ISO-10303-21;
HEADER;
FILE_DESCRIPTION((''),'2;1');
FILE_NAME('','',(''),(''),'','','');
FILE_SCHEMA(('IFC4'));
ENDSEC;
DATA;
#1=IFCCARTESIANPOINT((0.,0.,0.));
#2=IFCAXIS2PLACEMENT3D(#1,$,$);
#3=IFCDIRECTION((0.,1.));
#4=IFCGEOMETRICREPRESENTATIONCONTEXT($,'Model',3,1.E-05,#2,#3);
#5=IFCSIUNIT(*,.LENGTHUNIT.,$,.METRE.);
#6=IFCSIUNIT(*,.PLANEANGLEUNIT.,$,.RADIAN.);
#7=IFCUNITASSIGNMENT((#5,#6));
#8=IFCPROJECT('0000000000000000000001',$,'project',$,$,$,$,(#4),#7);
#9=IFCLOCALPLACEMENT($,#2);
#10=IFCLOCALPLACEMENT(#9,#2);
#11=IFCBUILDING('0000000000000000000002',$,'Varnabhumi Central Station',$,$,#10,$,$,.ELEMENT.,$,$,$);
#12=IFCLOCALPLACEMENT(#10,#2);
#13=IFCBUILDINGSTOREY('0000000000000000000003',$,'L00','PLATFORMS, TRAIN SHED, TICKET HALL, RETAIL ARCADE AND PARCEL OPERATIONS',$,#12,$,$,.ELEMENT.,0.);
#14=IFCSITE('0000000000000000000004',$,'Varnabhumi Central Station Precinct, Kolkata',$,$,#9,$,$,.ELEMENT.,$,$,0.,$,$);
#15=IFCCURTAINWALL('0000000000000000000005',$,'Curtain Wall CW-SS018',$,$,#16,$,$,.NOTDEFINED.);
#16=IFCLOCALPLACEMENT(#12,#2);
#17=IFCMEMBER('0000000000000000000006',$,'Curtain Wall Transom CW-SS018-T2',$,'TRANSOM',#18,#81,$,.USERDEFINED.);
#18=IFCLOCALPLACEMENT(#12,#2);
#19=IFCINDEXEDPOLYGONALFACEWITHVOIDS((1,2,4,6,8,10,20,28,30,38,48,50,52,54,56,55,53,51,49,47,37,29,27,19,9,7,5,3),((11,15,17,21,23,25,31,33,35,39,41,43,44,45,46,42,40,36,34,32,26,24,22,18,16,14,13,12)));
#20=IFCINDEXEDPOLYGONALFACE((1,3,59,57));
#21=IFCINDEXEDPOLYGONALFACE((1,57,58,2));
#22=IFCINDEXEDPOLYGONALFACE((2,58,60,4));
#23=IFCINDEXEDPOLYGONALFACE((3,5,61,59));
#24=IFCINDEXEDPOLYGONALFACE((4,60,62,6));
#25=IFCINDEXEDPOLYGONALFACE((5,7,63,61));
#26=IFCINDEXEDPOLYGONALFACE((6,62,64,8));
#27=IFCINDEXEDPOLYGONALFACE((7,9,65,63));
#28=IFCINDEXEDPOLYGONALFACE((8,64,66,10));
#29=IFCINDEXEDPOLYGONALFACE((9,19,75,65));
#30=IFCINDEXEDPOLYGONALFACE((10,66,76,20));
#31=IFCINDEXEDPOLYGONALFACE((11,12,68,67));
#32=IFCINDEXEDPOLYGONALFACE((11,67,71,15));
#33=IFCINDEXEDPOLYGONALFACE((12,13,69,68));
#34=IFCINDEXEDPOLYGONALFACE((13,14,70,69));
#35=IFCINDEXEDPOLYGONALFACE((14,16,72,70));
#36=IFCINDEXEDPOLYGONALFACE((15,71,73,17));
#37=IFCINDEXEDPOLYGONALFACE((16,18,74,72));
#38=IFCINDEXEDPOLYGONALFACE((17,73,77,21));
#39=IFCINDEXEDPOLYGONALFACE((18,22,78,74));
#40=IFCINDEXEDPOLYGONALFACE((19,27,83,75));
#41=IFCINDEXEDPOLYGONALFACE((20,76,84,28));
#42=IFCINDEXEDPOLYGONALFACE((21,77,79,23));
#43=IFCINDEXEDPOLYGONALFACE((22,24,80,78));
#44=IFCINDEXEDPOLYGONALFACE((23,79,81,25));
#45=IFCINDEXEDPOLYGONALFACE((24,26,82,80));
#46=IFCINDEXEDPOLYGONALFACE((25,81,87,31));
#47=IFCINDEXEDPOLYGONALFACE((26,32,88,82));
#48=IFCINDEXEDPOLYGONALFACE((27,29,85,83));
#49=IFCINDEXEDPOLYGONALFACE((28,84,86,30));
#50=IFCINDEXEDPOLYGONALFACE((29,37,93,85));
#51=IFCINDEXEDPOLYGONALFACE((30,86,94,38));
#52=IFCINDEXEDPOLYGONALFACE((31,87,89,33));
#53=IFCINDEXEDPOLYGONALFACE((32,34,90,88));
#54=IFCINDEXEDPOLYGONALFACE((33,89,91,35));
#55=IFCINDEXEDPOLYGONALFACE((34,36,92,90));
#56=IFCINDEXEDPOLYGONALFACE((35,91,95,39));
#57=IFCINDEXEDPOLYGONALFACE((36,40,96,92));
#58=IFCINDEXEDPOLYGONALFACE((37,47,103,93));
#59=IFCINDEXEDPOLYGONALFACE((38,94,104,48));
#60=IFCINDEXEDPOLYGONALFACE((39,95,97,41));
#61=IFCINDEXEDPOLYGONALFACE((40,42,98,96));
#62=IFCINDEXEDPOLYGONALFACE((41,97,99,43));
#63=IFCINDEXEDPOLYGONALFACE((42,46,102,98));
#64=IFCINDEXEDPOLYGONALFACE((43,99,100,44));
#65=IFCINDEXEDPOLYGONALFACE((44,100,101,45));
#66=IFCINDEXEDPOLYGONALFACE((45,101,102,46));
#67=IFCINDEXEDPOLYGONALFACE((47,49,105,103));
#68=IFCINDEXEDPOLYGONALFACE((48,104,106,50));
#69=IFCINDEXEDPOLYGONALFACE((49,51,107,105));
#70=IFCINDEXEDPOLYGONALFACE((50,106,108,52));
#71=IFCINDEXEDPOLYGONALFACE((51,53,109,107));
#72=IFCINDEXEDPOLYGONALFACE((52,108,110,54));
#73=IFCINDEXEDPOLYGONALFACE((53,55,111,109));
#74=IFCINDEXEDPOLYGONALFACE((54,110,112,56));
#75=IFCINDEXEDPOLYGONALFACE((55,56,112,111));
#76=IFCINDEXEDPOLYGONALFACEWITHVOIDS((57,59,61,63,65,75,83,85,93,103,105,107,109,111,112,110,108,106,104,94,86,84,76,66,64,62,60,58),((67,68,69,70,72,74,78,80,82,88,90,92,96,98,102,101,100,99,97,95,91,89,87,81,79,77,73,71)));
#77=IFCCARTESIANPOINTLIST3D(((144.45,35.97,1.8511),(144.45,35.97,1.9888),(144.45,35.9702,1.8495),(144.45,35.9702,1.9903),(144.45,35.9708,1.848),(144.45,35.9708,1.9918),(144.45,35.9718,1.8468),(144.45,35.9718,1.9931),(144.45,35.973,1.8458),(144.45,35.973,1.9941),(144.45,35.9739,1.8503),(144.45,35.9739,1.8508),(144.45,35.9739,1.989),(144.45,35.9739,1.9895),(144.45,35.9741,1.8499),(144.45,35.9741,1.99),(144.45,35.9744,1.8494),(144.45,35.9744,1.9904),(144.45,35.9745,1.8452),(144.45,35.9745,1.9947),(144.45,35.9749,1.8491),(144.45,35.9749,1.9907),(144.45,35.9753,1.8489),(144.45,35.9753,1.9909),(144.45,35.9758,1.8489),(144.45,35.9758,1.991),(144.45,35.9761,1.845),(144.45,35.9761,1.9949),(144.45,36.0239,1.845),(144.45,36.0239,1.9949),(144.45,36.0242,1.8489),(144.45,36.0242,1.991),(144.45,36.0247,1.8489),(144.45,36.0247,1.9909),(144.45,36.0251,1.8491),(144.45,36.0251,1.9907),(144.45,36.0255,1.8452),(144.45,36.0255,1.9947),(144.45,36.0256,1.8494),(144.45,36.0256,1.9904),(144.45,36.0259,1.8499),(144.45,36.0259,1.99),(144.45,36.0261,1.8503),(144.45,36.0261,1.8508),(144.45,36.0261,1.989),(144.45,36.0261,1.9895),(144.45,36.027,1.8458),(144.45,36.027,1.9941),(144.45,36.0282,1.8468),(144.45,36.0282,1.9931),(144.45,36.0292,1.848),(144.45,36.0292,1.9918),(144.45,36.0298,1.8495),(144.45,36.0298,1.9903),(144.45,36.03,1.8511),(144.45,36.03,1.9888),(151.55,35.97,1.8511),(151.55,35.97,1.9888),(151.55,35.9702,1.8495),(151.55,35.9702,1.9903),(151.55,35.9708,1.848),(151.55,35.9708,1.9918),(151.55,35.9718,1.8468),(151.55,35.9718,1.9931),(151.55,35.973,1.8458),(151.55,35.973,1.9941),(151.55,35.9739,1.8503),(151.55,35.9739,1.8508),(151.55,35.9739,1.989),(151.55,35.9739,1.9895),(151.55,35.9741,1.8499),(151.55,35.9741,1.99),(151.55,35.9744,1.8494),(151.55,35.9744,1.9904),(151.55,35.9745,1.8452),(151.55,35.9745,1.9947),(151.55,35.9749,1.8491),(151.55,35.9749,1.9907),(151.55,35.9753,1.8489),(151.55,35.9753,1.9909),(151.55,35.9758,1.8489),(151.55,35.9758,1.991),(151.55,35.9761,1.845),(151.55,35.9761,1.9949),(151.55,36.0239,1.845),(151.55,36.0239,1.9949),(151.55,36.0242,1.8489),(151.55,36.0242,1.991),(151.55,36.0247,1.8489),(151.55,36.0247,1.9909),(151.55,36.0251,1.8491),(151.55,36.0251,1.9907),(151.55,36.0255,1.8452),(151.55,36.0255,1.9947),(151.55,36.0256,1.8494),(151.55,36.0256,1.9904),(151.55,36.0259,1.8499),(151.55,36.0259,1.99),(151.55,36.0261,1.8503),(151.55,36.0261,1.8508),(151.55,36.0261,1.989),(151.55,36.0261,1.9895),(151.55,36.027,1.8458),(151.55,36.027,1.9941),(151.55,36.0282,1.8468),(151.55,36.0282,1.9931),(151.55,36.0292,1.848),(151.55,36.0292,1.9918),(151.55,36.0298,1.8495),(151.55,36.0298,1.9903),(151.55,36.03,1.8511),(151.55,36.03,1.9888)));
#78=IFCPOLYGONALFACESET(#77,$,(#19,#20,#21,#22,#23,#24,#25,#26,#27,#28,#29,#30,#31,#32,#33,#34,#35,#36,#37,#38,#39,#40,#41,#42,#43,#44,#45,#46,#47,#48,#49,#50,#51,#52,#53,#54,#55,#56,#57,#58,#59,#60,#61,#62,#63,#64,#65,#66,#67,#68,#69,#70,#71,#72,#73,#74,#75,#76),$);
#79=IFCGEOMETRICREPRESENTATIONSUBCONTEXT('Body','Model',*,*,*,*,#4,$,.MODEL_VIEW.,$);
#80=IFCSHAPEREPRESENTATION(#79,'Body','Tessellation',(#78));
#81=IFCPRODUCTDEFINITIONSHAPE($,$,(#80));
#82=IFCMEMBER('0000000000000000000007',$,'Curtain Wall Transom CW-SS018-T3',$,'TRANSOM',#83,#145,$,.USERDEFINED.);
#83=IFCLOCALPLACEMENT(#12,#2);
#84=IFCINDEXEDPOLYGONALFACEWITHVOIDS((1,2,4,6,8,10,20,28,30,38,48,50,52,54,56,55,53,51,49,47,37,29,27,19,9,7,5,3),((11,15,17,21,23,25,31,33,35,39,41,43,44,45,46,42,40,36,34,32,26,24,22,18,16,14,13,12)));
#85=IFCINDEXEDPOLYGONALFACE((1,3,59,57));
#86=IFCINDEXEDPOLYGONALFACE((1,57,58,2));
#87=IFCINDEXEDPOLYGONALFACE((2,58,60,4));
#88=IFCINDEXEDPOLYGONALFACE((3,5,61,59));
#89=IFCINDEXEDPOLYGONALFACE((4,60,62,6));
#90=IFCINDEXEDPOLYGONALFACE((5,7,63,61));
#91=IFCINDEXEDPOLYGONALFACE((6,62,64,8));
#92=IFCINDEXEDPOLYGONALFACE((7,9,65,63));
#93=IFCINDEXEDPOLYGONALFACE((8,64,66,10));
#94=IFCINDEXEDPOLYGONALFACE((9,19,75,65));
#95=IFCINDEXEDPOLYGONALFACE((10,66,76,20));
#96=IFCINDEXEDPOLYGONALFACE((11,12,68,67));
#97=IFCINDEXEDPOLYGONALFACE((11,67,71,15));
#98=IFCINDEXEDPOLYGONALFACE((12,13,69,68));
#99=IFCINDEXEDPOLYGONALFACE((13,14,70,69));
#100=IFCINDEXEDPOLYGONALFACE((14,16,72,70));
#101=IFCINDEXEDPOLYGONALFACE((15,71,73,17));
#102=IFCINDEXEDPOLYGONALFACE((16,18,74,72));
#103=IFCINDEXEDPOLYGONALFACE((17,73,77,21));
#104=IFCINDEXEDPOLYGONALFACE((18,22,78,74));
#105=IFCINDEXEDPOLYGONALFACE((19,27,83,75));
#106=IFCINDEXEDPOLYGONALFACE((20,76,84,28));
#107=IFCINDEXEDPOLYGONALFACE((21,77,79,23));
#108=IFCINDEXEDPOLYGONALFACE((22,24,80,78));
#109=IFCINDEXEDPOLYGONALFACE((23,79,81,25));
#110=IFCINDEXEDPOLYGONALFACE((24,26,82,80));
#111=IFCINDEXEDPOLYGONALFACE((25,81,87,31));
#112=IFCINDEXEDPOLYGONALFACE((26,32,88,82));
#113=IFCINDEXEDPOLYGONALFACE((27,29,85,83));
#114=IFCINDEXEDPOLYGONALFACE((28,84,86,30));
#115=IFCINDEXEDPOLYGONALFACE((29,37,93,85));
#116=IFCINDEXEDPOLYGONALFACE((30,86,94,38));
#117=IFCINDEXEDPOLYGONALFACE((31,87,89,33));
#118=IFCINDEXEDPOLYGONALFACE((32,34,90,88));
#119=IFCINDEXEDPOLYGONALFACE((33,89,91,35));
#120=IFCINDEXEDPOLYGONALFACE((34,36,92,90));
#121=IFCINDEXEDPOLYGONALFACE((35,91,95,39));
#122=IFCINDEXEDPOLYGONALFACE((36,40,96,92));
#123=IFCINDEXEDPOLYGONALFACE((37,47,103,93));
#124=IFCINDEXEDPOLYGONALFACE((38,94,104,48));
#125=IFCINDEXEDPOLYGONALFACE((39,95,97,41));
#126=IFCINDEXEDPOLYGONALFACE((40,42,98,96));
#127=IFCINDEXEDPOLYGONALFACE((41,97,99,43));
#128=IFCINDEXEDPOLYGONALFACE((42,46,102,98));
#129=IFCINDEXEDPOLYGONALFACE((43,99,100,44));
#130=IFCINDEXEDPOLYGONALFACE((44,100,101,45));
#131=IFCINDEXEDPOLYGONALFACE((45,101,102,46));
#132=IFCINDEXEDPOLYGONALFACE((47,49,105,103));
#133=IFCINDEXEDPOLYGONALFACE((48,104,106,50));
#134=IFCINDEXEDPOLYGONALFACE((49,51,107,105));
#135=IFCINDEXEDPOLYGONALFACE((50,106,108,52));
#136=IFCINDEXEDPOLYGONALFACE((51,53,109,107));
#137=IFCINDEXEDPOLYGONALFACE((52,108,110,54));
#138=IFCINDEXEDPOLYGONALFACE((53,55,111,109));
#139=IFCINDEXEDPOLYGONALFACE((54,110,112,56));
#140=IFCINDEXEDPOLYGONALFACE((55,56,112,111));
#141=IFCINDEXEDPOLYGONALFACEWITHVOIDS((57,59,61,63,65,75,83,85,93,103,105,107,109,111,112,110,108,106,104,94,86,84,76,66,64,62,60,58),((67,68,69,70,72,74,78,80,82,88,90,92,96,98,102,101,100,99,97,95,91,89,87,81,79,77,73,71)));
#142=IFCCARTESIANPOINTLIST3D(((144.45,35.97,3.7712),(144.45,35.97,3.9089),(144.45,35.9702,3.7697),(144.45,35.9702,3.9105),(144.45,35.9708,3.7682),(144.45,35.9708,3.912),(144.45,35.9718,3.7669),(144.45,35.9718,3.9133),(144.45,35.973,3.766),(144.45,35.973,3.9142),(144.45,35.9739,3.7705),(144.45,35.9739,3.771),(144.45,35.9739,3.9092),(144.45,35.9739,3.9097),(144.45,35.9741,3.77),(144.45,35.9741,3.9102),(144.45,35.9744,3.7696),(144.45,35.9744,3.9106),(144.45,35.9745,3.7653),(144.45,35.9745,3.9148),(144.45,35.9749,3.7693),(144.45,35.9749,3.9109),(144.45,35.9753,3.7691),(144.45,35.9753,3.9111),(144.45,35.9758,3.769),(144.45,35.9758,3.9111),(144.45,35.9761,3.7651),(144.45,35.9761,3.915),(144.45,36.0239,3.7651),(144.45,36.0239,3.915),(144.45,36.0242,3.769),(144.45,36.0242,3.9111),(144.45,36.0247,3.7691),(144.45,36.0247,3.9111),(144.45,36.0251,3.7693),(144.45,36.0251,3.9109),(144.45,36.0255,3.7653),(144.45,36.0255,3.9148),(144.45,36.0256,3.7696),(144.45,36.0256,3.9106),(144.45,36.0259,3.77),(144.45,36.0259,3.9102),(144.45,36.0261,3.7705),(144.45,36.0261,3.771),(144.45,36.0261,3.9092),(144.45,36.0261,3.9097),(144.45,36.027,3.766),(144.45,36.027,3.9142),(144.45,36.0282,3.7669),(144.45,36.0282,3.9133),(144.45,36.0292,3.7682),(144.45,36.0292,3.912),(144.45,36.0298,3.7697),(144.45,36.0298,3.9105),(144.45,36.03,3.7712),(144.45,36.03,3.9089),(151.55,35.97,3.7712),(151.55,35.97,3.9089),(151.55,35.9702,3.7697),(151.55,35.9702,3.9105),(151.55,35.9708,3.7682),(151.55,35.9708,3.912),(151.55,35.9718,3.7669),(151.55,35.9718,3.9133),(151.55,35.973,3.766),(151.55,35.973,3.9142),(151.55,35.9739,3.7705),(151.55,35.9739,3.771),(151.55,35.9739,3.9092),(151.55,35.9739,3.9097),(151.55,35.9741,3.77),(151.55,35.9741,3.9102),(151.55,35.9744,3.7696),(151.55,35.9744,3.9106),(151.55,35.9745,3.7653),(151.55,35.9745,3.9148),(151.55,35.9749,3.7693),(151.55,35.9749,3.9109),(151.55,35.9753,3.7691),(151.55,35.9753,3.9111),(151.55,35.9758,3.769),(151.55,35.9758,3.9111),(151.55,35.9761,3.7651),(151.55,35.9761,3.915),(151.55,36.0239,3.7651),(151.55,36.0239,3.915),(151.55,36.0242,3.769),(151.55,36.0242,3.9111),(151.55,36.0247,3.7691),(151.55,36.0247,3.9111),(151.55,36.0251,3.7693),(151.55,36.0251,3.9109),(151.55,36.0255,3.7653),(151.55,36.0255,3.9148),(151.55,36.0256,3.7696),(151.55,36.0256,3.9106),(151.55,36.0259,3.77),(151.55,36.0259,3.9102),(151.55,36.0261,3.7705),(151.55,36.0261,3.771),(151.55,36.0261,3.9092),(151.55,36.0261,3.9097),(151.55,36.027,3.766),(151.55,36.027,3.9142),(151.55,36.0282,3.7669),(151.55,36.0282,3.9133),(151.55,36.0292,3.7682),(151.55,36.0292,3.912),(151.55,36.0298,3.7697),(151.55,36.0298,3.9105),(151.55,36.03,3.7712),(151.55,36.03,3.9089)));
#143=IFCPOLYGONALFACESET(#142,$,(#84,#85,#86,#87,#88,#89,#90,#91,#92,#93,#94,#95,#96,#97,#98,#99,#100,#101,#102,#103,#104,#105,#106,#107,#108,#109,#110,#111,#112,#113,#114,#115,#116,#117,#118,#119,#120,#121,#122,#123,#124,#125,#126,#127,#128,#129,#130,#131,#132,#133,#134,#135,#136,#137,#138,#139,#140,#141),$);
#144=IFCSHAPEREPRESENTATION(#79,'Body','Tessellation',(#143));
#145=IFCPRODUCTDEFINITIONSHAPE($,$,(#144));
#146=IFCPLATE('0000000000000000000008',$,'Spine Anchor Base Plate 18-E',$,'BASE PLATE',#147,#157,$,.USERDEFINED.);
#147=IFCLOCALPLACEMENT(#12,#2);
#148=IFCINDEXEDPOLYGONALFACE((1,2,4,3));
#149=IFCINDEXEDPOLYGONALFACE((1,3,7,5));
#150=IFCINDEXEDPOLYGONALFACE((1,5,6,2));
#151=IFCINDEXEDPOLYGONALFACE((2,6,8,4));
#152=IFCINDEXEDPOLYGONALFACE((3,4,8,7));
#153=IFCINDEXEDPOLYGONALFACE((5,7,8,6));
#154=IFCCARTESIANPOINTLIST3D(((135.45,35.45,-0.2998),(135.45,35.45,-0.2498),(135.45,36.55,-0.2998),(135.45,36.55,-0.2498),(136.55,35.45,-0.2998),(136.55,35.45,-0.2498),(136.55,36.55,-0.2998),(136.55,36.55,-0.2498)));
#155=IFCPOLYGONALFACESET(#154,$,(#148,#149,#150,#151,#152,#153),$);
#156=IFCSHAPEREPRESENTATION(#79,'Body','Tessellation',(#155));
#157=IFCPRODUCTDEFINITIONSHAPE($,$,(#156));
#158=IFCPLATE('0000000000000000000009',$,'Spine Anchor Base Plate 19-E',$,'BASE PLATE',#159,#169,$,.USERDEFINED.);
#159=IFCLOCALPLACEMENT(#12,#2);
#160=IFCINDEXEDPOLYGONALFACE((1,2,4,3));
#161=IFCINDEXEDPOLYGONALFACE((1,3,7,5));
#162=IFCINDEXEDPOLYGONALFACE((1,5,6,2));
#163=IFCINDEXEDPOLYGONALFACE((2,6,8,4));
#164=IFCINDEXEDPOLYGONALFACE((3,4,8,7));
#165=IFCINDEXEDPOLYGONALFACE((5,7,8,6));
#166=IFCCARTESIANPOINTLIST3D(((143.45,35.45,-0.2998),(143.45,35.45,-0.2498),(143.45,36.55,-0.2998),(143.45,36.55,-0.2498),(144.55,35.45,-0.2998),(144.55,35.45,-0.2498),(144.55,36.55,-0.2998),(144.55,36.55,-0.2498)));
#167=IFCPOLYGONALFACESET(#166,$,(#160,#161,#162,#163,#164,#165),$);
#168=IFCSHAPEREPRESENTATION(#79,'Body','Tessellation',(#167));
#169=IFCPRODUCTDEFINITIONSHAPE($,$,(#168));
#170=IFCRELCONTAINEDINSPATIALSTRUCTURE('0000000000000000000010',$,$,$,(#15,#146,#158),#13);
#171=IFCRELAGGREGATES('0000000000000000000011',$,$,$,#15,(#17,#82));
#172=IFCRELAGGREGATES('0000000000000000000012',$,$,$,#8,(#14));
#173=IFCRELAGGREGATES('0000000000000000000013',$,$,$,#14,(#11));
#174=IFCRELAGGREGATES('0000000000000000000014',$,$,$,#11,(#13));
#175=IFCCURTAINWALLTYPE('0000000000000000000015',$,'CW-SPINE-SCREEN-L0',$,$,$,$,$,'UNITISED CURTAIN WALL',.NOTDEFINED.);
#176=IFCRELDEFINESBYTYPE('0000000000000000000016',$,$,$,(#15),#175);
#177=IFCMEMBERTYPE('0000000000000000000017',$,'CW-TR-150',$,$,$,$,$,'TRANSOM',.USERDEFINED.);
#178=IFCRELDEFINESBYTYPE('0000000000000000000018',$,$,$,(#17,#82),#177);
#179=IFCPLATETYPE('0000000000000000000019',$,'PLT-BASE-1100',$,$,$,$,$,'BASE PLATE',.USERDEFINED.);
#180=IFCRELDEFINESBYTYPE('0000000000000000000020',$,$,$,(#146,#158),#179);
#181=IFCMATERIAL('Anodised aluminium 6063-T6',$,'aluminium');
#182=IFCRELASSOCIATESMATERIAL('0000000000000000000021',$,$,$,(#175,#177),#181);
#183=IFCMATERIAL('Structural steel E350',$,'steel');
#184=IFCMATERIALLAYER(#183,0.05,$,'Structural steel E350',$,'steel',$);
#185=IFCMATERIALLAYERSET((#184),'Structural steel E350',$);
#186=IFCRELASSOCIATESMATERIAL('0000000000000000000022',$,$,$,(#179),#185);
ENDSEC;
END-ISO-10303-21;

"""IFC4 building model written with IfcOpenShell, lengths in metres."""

from ifc_helpers import new_model, si_unit, direction, frame, origin, origin_2d, place, context, subcontext, project, spatial, rectangle, hollow_rectangle, extrude, material, layer, layer_set, material_profile, profile_set, type_object, element, aggregate, save


model = new_model("IFC4")

# Units and contexts
model_context = context("Model", 3, precision=1e-05, world=origin(), true_north=direction((0.0, 1.0)))
body_context = subcontext(model_context, "Body", "Model", "MODEL_VIEW")
ifc_project = project(units=[si_unit("LENGTHUNIT", "METRE"), si_unit("PLANEANGLEUNIT", "RADIAN")], contexts=[model_context])

# Site, building, storey
site_placement = place(None, origin())
site = spatial("IfcSite", under=ifc_project, at=site_placement, Name="Varnabhumi Central Station Precinct, Kolkata", CompositionType="ELEMENT", RefElevation=0.0)
building_placement = place(site_placement, origin())
building = spatial("IfcBuilding", under=site, at=building_placement, Name="Varnabhumi Central Station", CompositionType="ELEMENT")
storey_placement = place(building_placement, origin())
storey = spatial("IfcBuildingStorey", under=building, at=storey_placement, Name="L00", Description="PLATFORMS, TRAIN SHED, TICKET HALL, RETAIL ARCADE AND PARCEL OPERATIONS", CompositionType="ELEMENT", Elevation=0.0)

# Shared definitions
ifc_material_1 = material(Name="Structural steel E350", Category="steel")

# Curtain wall, members
ifc_material_2 = material(Name="Anodised aluminium 6063-T6", Category="aluminium")
curtain_wall_type = type_object("IfcCurtainWallType", Name="CW-SPINE-SCREEN-L0", ElementType="UNITISED CURTAIN WALL", PredefinedType="NOTDEFINED", material=ifc_material_2)
curtain_wall_placement = place(storey_placement, origin())
curtain_wall = element("IfcCurtainWall", 1, at=curtain_wall_placement, inside=storey, type_object=curtain_wall_type, Name="Curtain Wall CW-SS018", PredefinedType="NOTDEFINED")
ifc_material_profile_1 = material_profile(ifc_material_2, hollow_rectangle(XDim=0.0601, YDim=0.1499, WallThickness=0.0039, InnerFilletRadius=0.002, OuterFilletRadius=0.0061, at=origin_2d()), Name="Anodised aluminium 6063-T6", Category="aluminium")
ifc_profile_set_1 = profile_set([ifc_material_profile_1], Name="Anodised aluminium 6063-T6")
member_type_1 = type_object("IfcMemberType", Name="CW-TR-150", ElementType="TRANSOM", PredefinedType="USERDEFINED", material=ifc_profile_set_1)
member_1_placement = place(storey_placement, frame((144.45, 36.0, 1.9199), z_axis=(1.0, 0.0, 0.0), x_axis=(0.0, 1.0, 0.0)))
member_1 = element("IfcMember", 2, at=member_1_placement, type_object=member_type_1, Name="Curtain Wall Transom CW-SS018-T2", ObjectType="TRANSOM", PredefinedType="USERDEFINED", context=body_context, shape_type="SweptSolid", body=[
    extrude(hollow_rectangle(XDim=0.0601, YDim=0.1499, WallThickness=0.0039, InnerFilletRadius=0.002, OuterFilletRadius=0.0061, at=origin_2d()), origin(), (0.0, 0.0, 1.0), 7.1001),
])
member_2_placement = place(storey_placement, frame((144.45, 36.0, 3.8401), z_axis=(1.0, 0.0, 0.0), x_axis=(0.0, 1.0, 0.0)))
member_2 = element("IfcMember", 3, at=member_2_placement, type_object=member_type_1, Name="Curtain Wall Transom CW-SS018-T3", ObjectType="TRANSOM", PredefinedType="USERDEFINED", context=body_context, shape_type="SweptSolid", body=[
    extrude(hollow_rectangle(XDim=0.0601, YDim=0.1499, WallThickness=0.0039, InnerFilletRadius=0.002, OuterFilletRadius=0.0061, at=origin_2d()), origin(), (0.0, 0.0, 1.0), 7.1001),
])
aggregate(curtain_wall, [member_1, member_2])

# Plates
ifc_layer_1 = layer(ifc_material_1, 0.05, Name="Structural steel E350", Category="steel")
ifc_layer_set_1 = layer_set([ifc_layer_1], Name="Structural steel E350")
plate_type = type_object("IfcPlateType", Name="PLT-BASE-1100", ElementType="BASE PLATE", PredefinedType="USERDEFINED", material=ifc_layer_set_1)
for number, where, z_axis, x_axis, name in (
    (4, (136.0, 36.0, -0.2998), (0.0, 0.0, 1.0), (1.0, 0.0, 0.0), "Spine Anchor Base Plate 18-E"),
    (5, (144.0, 36.0, -0.2998), (0.0, 0.0, 1.0), (1.0, 0.0, 0.0), "Spine Anchor Base Plate 19-E"),
):
    element("IfcPlate", number, at=place(storey_placement, frame(where, z_axis=z_axis, x_axis=x_axis)), inside=storey, type_object=plate_type, Name=name, ObjectType="BASE PLATE", PredefinedType="USERDEFINED", context=body_context, shape_type="SweptSolid", body=[
        extrude(rectangle(XDim=1.1001, YDim=1.1001, at=origin_2d()), origin(), (0.0, 0.0, 1.0), 0.05),
    ])

save(model, "model.ifc")
